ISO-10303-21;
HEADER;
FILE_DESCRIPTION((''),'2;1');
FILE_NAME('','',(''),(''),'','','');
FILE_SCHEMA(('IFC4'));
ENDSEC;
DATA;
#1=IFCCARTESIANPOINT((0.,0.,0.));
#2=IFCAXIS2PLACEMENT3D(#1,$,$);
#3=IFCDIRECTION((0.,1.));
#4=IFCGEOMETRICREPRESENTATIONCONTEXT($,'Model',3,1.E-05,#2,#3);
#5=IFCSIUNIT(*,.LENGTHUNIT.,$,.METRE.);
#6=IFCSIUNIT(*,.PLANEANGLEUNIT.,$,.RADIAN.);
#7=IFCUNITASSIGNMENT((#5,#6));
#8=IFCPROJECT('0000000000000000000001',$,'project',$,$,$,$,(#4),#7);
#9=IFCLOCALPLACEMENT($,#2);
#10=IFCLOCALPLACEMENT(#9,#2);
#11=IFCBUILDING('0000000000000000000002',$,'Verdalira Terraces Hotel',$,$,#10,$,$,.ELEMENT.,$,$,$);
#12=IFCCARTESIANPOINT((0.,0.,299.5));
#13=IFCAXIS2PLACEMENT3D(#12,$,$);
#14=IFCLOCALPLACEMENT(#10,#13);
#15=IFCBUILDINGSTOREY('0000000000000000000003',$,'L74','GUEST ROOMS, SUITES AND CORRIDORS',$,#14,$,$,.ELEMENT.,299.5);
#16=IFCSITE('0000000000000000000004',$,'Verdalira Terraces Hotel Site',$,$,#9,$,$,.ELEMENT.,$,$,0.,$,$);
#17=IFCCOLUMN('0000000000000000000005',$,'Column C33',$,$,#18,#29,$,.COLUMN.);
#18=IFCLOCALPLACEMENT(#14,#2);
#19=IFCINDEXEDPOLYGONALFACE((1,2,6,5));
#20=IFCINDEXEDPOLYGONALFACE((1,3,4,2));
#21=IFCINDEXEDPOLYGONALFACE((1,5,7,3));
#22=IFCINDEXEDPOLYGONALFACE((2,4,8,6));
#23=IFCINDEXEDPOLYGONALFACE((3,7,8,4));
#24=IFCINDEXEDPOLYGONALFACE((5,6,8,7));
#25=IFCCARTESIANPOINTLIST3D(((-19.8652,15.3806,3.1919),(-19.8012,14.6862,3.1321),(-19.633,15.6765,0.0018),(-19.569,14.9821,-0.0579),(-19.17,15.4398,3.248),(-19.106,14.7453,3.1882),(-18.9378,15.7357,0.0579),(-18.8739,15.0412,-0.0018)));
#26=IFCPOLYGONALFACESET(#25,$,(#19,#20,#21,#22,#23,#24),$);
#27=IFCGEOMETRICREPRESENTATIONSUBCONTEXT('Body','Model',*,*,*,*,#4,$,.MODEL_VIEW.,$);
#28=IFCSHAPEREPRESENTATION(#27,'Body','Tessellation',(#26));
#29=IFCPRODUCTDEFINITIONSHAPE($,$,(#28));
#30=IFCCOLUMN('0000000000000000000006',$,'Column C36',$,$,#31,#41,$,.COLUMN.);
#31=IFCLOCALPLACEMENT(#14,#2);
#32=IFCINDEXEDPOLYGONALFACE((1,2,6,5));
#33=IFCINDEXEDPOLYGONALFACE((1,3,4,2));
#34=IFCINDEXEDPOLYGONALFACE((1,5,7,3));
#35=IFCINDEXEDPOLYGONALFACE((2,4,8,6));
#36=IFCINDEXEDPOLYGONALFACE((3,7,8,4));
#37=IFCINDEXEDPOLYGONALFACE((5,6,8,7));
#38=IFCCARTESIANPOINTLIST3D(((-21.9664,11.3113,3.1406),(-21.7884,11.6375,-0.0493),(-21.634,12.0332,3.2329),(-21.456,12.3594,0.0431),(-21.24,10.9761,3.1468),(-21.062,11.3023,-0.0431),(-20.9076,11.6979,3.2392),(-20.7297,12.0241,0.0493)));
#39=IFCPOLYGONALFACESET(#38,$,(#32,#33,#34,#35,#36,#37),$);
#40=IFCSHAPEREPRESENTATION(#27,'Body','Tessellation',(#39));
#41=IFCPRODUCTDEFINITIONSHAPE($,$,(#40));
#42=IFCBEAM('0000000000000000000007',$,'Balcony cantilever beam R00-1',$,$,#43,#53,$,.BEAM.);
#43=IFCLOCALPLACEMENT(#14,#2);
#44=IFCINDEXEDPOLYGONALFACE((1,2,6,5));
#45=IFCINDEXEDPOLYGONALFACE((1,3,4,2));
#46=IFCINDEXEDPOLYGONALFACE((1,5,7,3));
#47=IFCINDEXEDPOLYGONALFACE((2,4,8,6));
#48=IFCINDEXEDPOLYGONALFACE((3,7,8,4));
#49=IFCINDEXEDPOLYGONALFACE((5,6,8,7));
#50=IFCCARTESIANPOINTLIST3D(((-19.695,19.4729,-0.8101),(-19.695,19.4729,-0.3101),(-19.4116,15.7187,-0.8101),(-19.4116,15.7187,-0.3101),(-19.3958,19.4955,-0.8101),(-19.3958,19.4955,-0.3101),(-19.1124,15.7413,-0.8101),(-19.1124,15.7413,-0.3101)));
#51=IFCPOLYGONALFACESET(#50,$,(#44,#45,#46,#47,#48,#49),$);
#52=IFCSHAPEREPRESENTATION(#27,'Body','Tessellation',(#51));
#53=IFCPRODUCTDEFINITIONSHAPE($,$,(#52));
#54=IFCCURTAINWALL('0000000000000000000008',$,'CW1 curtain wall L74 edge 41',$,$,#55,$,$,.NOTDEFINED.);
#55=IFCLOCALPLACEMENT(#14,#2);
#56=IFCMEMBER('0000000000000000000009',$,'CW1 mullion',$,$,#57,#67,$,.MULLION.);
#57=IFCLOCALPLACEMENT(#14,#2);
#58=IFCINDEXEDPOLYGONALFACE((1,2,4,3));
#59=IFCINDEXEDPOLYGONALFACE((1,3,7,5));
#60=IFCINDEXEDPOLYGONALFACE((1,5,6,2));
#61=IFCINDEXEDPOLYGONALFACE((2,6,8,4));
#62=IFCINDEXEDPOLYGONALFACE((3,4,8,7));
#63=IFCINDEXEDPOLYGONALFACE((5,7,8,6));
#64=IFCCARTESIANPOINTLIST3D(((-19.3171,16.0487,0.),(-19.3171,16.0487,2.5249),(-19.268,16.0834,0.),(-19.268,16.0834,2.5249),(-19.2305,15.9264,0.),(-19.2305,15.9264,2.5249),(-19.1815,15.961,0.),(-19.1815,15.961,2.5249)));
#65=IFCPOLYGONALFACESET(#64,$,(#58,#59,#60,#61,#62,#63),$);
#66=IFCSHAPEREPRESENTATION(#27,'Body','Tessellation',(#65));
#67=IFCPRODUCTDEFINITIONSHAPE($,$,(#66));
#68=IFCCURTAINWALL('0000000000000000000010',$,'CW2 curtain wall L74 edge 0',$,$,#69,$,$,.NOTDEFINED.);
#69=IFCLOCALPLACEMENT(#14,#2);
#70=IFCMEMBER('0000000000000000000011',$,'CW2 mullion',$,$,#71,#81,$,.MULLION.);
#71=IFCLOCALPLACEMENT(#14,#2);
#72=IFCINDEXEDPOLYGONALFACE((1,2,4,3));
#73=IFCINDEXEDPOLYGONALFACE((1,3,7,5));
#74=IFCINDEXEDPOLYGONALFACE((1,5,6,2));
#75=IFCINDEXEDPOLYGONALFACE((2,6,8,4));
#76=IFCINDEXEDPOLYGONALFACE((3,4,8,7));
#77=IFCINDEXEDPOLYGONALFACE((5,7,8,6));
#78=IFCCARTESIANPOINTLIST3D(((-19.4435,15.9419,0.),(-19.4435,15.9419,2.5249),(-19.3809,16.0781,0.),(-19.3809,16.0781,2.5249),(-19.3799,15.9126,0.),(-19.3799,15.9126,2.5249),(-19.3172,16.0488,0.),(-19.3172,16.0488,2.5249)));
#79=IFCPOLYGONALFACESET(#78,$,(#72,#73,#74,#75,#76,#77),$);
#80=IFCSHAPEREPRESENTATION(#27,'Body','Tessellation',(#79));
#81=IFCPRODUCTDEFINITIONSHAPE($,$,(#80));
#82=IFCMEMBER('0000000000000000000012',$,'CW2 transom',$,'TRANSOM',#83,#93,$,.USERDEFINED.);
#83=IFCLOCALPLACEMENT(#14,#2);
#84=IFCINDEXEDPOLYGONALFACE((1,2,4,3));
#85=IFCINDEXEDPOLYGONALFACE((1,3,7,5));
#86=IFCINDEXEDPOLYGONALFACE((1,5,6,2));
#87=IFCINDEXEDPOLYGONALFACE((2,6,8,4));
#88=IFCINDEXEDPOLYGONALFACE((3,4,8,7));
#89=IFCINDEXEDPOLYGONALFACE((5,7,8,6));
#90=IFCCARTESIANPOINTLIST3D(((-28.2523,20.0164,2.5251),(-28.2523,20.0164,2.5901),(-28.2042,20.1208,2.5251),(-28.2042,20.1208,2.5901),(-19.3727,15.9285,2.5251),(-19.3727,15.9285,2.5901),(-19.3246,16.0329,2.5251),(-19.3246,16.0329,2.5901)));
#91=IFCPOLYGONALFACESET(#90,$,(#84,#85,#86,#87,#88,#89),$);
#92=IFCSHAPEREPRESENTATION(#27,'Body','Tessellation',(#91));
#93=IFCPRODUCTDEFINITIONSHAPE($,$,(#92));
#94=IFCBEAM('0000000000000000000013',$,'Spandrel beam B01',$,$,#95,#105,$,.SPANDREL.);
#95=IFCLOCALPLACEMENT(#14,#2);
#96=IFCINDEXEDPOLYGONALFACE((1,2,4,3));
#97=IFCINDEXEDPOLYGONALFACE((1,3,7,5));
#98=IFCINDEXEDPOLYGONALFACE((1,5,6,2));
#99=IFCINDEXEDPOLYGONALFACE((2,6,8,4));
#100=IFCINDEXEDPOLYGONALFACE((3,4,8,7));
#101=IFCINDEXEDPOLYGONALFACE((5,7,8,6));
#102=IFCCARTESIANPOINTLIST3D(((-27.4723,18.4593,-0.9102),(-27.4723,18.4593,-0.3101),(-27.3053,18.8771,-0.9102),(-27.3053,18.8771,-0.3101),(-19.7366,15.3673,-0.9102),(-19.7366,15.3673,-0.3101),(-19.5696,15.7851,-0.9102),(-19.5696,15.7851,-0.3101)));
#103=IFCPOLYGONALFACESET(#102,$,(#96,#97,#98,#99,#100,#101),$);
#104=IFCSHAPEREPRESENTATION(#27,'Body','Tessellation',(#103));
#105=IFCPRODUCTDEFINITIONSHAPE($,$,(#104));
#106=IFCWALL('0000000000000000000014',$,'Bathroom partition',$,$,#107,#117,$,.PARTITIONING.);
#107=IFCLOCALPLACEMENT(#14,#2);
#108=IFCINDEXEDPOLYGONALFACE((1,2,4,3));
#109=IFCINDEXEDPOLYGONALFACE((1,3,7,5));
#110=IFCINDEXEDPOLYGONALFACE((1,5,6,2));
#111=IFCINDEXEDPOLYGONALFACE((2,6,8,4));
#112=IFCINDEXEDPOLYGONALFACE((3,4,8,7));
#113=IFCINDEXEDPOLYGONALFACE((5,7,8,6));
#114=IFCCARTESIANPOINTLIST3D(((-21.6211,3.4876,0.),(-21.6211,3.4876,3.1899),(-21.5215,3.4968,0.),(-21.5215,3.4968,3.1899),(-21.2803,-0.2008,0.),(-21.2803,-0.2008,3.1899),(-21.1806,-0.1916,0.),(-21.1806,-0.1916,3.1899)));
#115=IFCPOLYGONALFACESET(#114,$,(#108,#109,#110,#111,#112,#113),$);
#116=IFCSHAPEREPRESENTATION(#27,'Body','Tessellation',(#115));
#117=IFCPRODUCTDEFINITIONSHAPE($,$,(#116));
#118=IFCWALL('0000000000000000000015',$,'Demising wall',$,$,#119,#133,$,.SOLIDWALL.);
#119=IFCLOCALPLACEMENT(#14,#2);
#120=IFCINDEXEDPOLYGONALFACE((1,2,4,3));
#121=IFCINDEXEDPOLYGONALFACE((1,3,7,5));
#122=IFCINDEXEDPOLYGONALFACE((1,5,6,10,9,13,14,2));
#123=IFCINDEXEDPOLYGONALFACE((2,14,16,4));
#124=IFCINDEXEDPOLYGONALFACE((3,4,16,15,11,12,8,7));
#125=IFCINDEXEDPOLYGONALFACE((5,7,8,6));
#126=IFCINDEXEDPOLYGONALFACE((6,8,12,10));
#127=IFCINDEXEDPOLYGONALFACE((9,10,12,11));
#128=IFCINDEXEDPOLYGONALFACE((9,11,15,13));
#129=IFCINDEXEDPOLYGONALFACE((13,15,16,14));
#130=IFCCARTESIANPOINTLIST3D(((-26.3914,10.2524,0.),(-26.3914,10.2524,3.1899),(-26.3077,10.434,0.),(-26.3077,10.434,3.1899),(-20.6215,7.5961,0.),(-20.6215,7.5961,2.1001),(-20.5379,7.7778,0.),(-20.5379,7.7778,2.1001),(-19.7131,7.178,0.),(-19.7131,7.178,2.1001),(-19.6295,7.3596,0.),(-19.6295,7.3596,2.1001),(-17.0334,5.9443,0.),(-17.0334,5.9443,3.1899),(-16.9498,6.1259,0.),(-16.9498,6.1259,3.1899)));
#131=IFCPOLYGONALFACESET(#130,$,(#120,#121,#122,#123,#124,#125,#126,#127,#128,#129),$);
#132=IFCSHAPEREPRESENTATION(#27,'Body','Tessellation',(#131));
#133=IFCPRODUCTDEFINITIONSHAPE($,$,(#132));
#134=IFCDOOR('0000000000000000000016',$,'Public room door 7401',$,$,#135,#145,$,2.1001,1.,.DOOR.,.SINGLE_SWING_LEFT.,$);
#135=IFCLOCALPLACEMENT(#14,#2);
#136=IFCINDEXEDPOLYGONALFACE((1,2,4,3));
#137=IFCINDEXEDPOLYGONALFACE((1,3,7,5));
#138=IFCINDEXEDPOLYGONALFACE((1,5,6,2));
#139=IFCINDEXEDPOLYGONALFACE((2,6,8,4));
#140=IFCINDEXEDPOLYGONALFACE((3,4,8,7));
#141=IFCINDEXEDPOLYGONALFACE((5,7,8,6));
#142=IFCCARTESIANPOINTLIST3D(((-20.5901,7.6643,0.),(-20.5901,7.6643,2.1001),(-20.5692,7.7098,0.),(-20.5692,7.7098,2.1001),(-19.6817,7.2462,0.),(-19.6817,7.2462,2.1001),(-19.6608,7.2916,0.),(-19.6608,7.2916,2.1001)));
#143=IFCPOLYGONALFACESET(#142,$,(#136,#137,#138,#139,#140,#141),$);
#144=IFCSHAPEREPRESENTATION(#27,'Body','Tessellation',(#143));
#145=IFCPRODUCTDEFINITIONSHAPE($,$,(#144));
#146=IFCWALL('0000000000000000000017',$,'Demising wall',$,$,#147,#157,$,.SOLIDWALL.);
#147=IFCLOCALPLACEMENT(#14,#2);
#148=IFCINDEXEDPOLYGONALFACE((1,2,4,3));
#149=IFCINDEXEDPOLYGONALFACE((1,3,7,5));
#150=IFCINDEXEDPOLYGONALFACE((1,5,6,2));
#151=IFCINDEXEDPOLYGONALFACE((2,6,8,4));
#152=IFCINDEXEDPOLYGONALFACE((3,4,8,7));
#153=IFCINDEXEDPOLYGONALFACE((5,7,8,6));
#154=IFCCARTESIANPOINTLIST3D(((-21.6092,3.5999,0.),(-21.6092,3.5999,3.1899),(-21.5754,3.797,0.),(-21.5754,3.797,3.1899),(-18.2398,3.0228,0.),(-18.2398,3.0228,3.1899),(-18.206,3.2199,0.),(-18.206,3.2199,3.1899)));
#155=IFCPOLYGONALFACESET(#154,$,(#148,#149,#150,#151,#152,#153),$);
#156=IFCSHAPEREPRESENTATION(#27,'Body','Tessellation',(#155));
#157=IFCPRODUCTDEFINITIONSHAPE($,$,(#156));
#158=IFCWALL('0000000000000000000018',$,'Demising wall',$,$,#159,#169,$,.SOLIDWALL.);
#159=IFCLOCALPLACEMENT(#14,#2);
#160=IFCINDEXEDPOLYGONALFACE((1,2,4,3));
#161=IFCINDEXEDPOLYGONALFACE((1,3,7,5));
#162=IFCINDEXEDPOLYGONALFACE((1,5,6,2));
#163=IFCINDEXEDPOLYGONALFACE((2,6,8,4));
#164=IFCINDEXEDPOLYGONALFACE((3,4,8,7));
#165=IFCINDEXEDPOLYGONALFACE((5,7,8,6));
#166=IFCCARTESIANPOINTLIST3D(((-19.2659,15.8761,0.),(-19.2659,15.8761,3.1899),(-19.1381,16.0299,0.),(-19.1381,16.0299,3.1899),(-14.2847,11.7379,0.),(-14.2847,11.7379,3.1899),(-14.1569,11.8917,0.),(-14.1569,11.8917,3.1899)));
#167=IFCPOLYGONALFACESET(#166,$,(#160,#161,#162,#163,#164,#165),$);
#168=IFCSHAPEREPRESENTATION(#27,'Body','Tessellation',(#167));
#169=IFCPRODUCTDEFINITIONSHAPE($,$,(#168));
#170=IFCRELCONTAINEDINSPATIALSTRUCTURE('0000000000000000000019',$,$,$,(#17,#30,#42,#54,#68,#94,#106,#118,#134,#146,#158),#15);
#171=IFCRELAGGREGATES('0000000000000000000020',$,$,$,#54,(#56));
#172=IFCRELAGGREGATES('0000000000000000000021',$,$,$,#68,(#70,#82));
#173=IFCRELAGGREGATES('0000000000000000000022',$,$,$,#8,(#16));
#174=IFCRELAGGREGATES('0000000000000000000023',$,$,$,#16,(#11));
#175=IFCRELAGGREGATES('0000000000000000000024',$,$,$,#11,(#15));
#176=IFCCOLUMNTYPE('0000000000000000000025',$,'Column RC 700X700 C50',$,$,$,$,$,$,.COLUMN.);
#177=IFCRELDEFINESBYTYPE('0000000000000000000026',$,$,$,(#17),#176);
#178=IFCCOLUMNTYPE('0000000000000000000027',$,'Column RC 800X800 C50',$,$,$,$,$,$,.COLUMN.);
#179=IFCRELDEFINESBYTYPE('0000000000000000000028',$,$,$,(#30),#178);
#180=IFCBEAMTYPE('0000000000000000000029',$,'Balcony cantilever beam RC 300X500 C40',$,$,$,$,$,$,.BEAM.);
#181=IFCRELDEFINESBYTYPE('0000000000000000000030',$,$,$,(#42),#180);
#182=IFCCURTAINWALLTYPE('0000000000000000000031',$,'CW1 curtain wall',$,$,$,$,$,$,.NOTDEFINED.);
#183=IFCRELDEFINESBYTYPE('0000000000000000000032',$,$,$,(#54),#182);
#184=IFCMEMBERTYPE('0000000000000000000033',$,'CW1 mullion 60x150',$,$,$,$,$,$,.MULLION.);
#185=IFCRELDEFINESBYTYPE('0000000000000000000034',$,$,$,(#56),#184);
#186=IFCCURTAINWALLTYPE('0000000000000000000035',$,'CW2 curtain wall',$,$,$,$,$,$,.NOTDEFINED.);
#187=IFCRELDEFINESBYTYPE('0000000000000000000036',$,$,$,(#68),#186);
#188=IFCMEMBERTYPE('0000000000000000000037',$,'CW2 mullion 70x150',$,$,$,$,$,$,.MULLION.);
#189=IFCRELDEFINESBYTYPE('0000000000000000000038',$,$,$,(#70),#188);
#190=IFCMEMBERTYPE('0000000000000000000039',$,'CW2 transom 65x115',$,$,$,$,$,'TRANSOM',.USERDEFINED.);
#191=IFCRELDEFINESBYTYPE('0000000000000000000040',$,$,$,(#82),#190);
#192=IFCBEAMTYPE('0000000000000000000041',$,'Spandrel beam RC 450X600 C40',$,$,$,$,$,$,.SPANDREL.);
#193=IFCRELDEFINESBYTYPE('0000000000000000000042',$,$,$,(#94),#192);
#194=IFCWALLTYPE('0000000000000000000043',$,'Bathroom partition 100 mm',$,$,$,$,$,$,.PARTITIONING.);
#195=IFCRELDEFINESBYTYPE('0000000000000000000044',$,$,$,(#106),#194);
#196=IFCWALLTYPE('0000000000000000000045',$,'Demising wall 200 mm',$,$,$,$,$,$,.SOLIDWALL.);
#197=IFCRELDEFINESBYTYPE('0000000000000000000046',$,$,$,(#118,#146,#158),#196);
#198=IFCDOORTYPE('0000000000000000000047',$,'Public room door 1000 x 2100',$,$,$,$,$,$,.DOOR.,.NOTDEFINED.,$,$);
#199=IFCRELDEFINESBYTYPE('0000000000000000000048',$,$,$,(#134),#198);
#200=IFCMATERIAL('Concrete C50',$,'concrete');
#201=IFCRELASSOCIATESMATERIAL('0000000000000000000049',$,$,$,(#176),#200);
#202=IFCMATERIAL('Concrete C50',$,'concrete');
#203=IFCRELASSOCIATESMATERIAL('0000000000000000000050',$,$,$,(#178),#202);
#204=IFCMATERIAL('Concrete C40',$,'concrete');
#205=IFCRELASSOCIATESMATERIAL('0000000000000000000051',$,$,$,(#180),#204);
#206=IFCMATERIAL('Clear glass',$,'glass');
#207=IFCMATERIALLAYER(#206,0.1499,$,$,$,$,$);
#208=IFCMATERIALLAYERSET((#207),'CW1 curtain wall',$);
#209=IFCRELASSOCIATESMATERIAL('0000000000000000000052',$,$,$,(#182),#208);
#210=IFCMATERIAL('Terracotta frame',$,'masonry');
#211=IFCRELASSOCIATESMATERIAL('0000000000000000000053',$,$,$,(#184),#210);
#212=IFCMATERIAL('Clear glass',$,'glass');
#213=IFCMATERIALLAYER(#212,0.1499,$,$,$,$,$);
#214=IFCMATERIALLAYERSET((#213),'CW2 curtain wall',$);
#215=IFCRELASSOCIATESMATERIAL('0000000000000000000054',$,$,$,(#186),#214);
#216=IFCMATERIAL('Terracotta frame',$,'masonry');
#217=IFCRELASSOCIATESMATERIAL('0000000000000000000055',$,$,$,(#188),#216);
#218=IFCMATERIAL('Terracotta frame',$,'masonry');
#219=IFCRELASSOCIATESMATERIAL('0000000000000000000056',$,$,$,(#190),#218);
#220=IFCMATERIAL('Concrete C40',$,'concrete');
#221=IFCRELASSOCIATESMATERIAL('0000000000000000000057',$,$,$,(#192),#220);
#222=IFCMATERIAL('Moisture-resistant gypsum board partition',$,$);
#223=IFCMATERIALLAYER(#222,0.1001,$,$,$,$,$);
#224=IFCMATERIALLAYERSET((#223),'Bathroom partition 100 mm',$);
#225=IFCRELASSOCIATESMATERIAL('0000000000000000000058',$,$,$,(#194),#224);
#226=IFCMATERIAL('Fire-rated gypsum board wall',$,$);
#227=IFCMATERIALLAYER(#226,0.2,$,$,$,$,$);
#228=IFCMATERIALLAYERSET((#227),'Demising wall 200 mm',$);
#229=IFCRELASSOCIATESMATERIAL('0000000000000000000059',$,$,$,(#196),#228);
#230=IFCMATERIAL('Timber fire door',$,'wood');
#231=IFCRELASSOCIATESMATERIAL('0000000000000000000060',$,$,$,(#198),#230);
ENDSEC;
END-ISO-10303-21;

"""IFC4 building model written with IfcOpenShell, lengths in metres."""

from ifc_helpers import new_model, si_unit, direction, frame, frame_2d, origin, origin_2d, place, context, subcontext, project, spatial, rectangle, extrude, material, layer, layer_set, material_profile, profile_set, type_object, element, fill, aggregate, save


model = new_model("IFC4")

# Units and contexts
model_context = context("Model", 3, precision=1e-05, world=origin(), true_north=direction((0.0, 1.0)))
body_context = subcontext(model_context, "Body", "Model", "MODEL_VIEW")
ifc_project = project(units=[si_unit("LENGTHUNIT", "METRE"), si_unit("PLANEANGLEUNIT", "RADIAN")], contexts=[model_context])

# Site, building, storey
site_placement = place(None, origin())
site = spatial("IfcSite", under=ifc_project, at=site_placement, Name="Verdalira Terraces Hotel Site", CompositionType="ELEMENT", RefElevation=0.0)
building_placement = place(site_placement, origin())
building = spatial("IfcBuilding", under=site, at=building_placement, Name="Verdalira Terraces Hotel", CompositionType="ELEMENT")
storey_placement = place(building_placement, frame((0.0, 0.0, 299.5)))
storey = spatial("IfcBuildingStorey", under=building, at=storey_placement, Name="L74", Description="GUEST ROOMS, SUITES AND CORRIDORS", CompositionType="ELEMENT", Elevation=299.5)

# Columns
ifc_material_1 = material(Name="Concrete C50", Category="concrete")
ifc_material_profile_1 = material_profile(ifc_material_1, rectangle(XDim=0.7, YDim=0.7, at=origin_2d()), Name="RC 700X700")
ifc_profile_set_1 = profile_set([ifc_material_profile_1], Name="Concrete C50")
column_type_1 = type_object("IfcColumnType", Name="Column RC 700X700 C50", PredefinedType="COLUMN", material=ifc_profile_set_1)
column_1_placement = place(storey_placement, frame((-19.2534, 15.3589, 0.0), z_axis=(-0.072284, -0.092122, 0.993121), x_axis=(0.993192, 0.084552, 0.080132)))
element("IfcColumn", 1, at=column_1_placement, inside=storey, type_object=column_type_1, Name="Column C33", PredefinedType="COLUMN", context=body_context, shape_type="SweptSolid", body=[
    extrude(rectangle(XDim=0.7, YDim=0.7, at=origin_2d()), origin(), (0.0, 0.0, 1.0), 3.2122),
])
ifc_material_2 = material(Name="Concrete C50", Category="concrete")
ifc_material_profile_2 = material_profile(ifc_material_2, rectangle(XDim=0.8, YDim=0.8, at=origin_2d()), Name="RC 800X800")
ifc_profile_set_2 = profile_set([ifc_material_profile_2], Name="Concrete C50")
column_type_2 = type_object("IfcColumnType", Name="Column RC 800X800 C50", PredefinedType="COLUMN", material=ifc_profile_set_2)
column_2_placement = place(storey_placement, frame((-21.259, 11.8308, 0.0), z_axis=(-0.055419, -0.101563, 0.993284), x_axis=(-0.907931, 0.419048, -0.007809)))
element("IfcColumn", 2, at=column_2_placement, inside=storey, type_object=column_type_2, Name="Column C36", PredefinedType="COLUMN", context=body_context, shape_type="SweptSolid", body=[
    extrude(rectangle(XDim=0.8, YDim=0.8, at=origin_2d()), origin(), (0.0, 0.0, 1.0), 3.2114),
])

# Beam
ifc_material_3 = material(Name="Concrete C40", Category="concrete")
ifc_material_profile_3 = material_profile(ifc_material_3, rectangle(XDim=0.3, YDim=0.5, at=origin_2d()), Name="RC 300X500")
ifc_profile_set_3 = profile_set([ifc_material_profile_3], Name="Concrete C40")
beam_type_1 = type_object("IfcBeamType", Name="Balcony cantilever beam RC 300X500 C40", PredefinedType="BEAM", material=ifc_profile_set_3)
beam_1_placement = place(storey_placement, frame((-19.262, 15.73, -0.5601), z_axis=(-0.075288, 0.997162, 0.0), x_axis=(-0.997162, -0.075288, 0.0)))
element("IfcBeam", 3, at=beam_1_placement, inside=storey, type_object=beam_type_1, Name="Balcony cantilever beam R00-1", PredefinedType="BEAM", context=body_context, shape_type="SweptSolid", body=[
    extrude(rectangle(XDim=0.3, YDim=0.5, at=origin_2d()), origin(), (0.0, 0.0, 1.0), 3.7649),
])

# Curtain wall, member
ifc_material_4 = material(Name="Clear glass", Category="glass")
ifc_layer_1 = layer(ifc_material_4, 0.1499)
ifc_layer_set_1 = layer_set([ifc_layer_1], Name="CW1 curtain wall")
curtain_wall_type_1 = type_object("IfcCurtainWallType", Name="CW1 curtain wall", PredefinedType="NOTDEFINED", material=ifc_layer_set_1)
curtain_wall_1_placement = place(storey_placement, origin())
curtain_wall_1 = element("IfcCurtainWall", 4, at=curtain_wall_1_placement, inside=storey, type_object=curtain_wall_type_1, Name="CW1 curtain wall L74 edge 41", PredefinedType="NOTDEFINED")
ifc_material_5 = material(Name="Terracotta frame", Category="masonry")
ifc_material_profile_4 = material_profile(ifc_material_5, rectangle(XDim=0.0601, YDim=0.1499, at=origin_2d()), Name="MU 60x150")
ifc_profile_set_4 = profile_set([ifc_material_profile_4], Name="Terracotta frame")
member_type_1 = type_object("IfcMemberType", Name="CW1 mullion 60x150", PredefinedType="MULLION", material=ifc_profile_set_4)
member_1_placement = place(storey_placement, frame((-19.2493, 16.0049, 0.0), z_axis=(0.0, 0.0, 1.0), x_axis=(-0.816339, -0.577573, 0.0)))
member_1 = element("IfcMember", 5, at=member_1_placement, type_object=member_type_1, Name="CW1 mullion", PredefinedType="MULLION", context=body_context, shape_type="SweptSolid", body=[
    extrude(rectangle(XDim=0.0601, YDim=0.1499, at=origin_2d()), origin(), (0.0, 0.0, 1.0), 2.5249),
])
aggregate(curtain_wall_1, [member_1])

# Curtain wall, members
ifc_material_6 = material(Name="Clear glass", Category="glass")
ifc_layer_2 = layer(ifc_material_6, 0.1499)
ifc_layer_set_2 = layer_set([ifc_layer_2], Name="CW2 curtain wall")
curtain_wall_type_2 = type_object("IfcCurtainWallType", Name="CW2 curtain wall", PredefinedType="NOTDEFINED", material=ifc_layer_set_2)
curtain_wall_2_placement = place(storey_placement, origin())
curtain_wall_2 = element("IfcCurtainWall", 6, at=curtain_wall_2_placement, inside=storey, type_object=curtain_wall_type_2, Name="CW2 curtain wall L74 edge 0", PredefinedType="NOTDEFINED")
ifc_material_7 = material(Name="Terracotta frame", Category="masonry")
ifc_material_profile_5 = material_profile(ifc_material_7, rectangle(XDim=0.0701, YDim=0.1499, at=origin_2d()), Name="MU 70x150")
ifc_profile_set_5 = profile_set([ifc_material_profile_5], Name="Terracotta frame")
member_type_2 = type_object("IfcMemberType", Name="CW2 mullion 70x150", PredefinedType="MULLION", material=ifc_profile_set_5)
member_2_placement = place(storey_placement, frame((-19.3804, 15.9954, 0.0), z_axis=(0.0, 0.0, 1.0), x_axis=(-0.908362, 0.418184, 0.0)))
member_2 = element("IfcMember", 7, at=member_2_placement, type_object=member_type_2, Name="CW2 mullion", PredefinedType="MULLION", context=body_context, shape_type="SweptSolid", body=[
    extrude(rectangle(XDim=0.0701, YDim=0.1499, at=origin_2d()), origin(), (0.0, 0.0, 1.0), 2.5249),
])
ifc_material_8 = material(Name="Terracotta frame", Category="masonry")
ifc_material_profile_6 = material_profile(ifc_material_8, rectangle(XDim=0.115, YDim=0.0649, at=origin_2d()), Name="TR 65x115")
ifc_profile_set_6 = profile_set([ifc_material_profile_6], Name="Terracotta frame")
member_type_3 = type_object("IfcMemberType", Name="CW2 transom 65x115", ElementType="TRANSOM", PredefinedType="USERDEFINED", material=ifc_profile_set_6)
member_3_placement = place(storey_placement, frame((-19.3486, 15.9807, 2.5576), z_axis=(-0.908364, 0.418181, 0.0), x_axis=(-0.418181, -0.908364, 0.0)))
member_3 = element("IfcMember", 8, at=member_3_placement, type_object=member_type_3, Name="CW2 transom", ObjectType="TRANSOM", PredefinedType="USERDEFINED", context=body_context, shape_type="SweptSolid", body=[
    extrude(rectangle(XDim=0.115, YDim=0.0649, at=origin_2d()), origin(), (0.0, 0.0, 1.0), 9.7754),
])
aggregate(curtain_wall_2, [member_2, member_3])

# Beam
ifc_material_9 = material(Name="Concrete C40", Category="concrete")
ifc_material_profile_7 = material_profile(ifc_material_9, rectangle(XDim=0.45, YDim=0.6001, at=origin_2d()), Name="RC 450X600")
ifc_profile_set_7 = profile_set([ifc_material_profile_7], Name="Concrete C40")
beam_type_2 = type_object("IfcBeamType", Name="Spandrel beam RC 450X600 C40", PredefinedType="SPANDREL", material=ifc_profile_set_7)
beam_2_placement = place(storey_placement, frame((-19.6531, 15.5762, -0.6101), z_axis=(-0.928572, 0.371153, 0.0), x_axis=(-0.371153, -0.928572, 0.0)))
element("IfcBeam", 9, at=beam_2_placement, inside=storey, type_object=beam_type_2, Name="Spandrel beam B01", PredefinedType="SPANDREL", context=body_context, shape_type="SweptSolid", body=[
    extrude(rectangle(XDim=0.45, YDim=0.6001, at=origin_2d()), origin(), (0.0, 0.0, 1.0), 8.3308),
])

# Wall
ifc_material_10 = material(Name="Moisture-resistant gypsum board partition")
ifc_layer_3 = layer(ifc_material_10, 0.1001)
ifc_layer_set_3 = layer_set([ifc_layer_3], Name="Bathroom partition 100 mm")
wall_type_1 = type_object("IfcWallType", Name="Bathroom partition 100 mm", PredefinedType="PARTITIONING", material=ifc_layer_set_3)
wall_1_placement = place(storey_placement, frame((-21.5713, 3.4922, 0.0), z_axis=(0.0, 0.0, 1.0), x_axis=(0.092009, -0.995758, 0.0)))
element("IfcWall", 10, at=wall_1_placement, inside=storey, type_object=wall_type_1, Name="Bathroom partition", PredefinedType="PARTITIONING", context=body_context, shape_type="SweptSolid", body=[
    extrude(rectangle(XDim=3.7041, YDim=0.1001, at=frame_2d((1.8521, 0.0))), origin(), (0.0, 0.0, 1.0), 3.1899),
])

# Wall, opening, door
ifc_material_11 = material(Name="Fire-rated gypsum board wall")
ifc_layer_4 = layer(ifc_material_11, 0.2)
ifc_layer_set_4 = layer_set([ifc_layer_4], Name="Demising wall 200 mm")
wall_type_2 = type_object("IfcWallType", Name="Demising wall 200 mm", PredefinedType="SOLIDWALL", material=ifc_layer_set_4)
wall_2_placement = place(storey_placement, frame((-16.9917, 6.0352, 0.0), z_axis=(0.0, 0.0, 1.0), x_axis=(-0.908363, 0.418183, 0.0)))
wall_2 = element("IfcWall", 11, at=wall_2_placement, inside=storey, type_object=wall_type_2, Name="Demising wall", PredefinedType="SOLIDWALL", context=body_context, shape_type="SweptSolid", body=[
    extrude(rectangle(XDim=10.302, YDim=0.2, at=frame_2d((5.1509, 0.0))), origin(), (0.0, 0.0, 1.0), 3.1899),
])
opening_1_placement = place(wall_2_placement, frame((2.95, 0.0, 0.0)))
opening_1 = element("IfcOpeningElement", 12, at=opening_1_placement, cuts=wall_2, PredefinedType="OPENING", context=body_context, shape_type="SweptSolid", body=[
    extrude(rectangle(XDim=1.0, YDim=2.1001, at=frame_2d((0.5, 1.05))), frame((0.0, 0.1099, 0.0), z_axis=(0.0, -1.0, 0.0), x_axis=(1.0, 0.0, 0.0)), (0.0, 0.0, 1.0), 0.22),
])
ifc_material_12 = material(Name="Timber fire door", Category="wood")
door_type_1 = type_object("IfcDoorType", Name="Public room door 1000 x 2100", OperationType="NOTDEFINED", PredefinedType="DOOR", material=ifc_material_12)
door_1_placement = place(opening_1_placement, origin())
door_1 = element("IfcDoor", 13, at=door_1_placement, inside=storey, type_object=door_type_1, Name="Public room door 7401", OperationType="SINGLE_SWING_LEFT", OverallHeight=2.1001, OverallWidth=1.0, PredefinedType="DOOR", context=body_context, shape_type="SweptSolid", body=[
    extrude(rectangle(XDim=1.0, YDim=2.1001, at=frame_2d((0.5, 1.05))), frame((0.0, 0.0249, 0.0), z_axis=(0.0, -1.0, 0.0), x_axis=(1.0, 0.0, 0.0)), (0.0, 0.0, 1.0), 0.05),
])
fill(opening_1, door_1)

# Walls
wall_3_placement = place(storey_placement, frame((-18.2229, 3.1213, 0.0), z_axis=(0.0, 0.0, 1.0), x_axis=(-0.985645, 0.168833, 0.0)))
element("IfcWall", 14, at=wall_3_placement, inside=storey, type_object=wall_type_2, Name="Demising wall", PredefinedType="SOLIDWALL", context=body_context, shape_type="SweptSolid", body=[
    extrude(rectangle(XDim=3.4185, YDim=0.2, at=frame_2d((1.7092, 0.0))), origin(), (0.0, 0.0, 1.0), 3.1899),
])
wall_4_placement = place(storey_placement, frame((-19.2019, 15.9529, 0.0), z_axis=(0.0, 0.0, 1.0), x_axis=(0.769194, -0.639016, 0.0)))
element("IfcWall", 15, at=wall_4_placement, inside=storey, type_object=wall_type_2, Name="Demising wall", PredefinedType="SOLIDWALL", context=body_context, shape_type="SweptSolid", body=[
    extrude(rectangle(XDim=6.4758, YDim=0.2, at=frame_2d((3.2378, 0.0))), origin(), (0.0, 0.0, 1.0), 3.1899),
])

save(model, "model.ifc")
